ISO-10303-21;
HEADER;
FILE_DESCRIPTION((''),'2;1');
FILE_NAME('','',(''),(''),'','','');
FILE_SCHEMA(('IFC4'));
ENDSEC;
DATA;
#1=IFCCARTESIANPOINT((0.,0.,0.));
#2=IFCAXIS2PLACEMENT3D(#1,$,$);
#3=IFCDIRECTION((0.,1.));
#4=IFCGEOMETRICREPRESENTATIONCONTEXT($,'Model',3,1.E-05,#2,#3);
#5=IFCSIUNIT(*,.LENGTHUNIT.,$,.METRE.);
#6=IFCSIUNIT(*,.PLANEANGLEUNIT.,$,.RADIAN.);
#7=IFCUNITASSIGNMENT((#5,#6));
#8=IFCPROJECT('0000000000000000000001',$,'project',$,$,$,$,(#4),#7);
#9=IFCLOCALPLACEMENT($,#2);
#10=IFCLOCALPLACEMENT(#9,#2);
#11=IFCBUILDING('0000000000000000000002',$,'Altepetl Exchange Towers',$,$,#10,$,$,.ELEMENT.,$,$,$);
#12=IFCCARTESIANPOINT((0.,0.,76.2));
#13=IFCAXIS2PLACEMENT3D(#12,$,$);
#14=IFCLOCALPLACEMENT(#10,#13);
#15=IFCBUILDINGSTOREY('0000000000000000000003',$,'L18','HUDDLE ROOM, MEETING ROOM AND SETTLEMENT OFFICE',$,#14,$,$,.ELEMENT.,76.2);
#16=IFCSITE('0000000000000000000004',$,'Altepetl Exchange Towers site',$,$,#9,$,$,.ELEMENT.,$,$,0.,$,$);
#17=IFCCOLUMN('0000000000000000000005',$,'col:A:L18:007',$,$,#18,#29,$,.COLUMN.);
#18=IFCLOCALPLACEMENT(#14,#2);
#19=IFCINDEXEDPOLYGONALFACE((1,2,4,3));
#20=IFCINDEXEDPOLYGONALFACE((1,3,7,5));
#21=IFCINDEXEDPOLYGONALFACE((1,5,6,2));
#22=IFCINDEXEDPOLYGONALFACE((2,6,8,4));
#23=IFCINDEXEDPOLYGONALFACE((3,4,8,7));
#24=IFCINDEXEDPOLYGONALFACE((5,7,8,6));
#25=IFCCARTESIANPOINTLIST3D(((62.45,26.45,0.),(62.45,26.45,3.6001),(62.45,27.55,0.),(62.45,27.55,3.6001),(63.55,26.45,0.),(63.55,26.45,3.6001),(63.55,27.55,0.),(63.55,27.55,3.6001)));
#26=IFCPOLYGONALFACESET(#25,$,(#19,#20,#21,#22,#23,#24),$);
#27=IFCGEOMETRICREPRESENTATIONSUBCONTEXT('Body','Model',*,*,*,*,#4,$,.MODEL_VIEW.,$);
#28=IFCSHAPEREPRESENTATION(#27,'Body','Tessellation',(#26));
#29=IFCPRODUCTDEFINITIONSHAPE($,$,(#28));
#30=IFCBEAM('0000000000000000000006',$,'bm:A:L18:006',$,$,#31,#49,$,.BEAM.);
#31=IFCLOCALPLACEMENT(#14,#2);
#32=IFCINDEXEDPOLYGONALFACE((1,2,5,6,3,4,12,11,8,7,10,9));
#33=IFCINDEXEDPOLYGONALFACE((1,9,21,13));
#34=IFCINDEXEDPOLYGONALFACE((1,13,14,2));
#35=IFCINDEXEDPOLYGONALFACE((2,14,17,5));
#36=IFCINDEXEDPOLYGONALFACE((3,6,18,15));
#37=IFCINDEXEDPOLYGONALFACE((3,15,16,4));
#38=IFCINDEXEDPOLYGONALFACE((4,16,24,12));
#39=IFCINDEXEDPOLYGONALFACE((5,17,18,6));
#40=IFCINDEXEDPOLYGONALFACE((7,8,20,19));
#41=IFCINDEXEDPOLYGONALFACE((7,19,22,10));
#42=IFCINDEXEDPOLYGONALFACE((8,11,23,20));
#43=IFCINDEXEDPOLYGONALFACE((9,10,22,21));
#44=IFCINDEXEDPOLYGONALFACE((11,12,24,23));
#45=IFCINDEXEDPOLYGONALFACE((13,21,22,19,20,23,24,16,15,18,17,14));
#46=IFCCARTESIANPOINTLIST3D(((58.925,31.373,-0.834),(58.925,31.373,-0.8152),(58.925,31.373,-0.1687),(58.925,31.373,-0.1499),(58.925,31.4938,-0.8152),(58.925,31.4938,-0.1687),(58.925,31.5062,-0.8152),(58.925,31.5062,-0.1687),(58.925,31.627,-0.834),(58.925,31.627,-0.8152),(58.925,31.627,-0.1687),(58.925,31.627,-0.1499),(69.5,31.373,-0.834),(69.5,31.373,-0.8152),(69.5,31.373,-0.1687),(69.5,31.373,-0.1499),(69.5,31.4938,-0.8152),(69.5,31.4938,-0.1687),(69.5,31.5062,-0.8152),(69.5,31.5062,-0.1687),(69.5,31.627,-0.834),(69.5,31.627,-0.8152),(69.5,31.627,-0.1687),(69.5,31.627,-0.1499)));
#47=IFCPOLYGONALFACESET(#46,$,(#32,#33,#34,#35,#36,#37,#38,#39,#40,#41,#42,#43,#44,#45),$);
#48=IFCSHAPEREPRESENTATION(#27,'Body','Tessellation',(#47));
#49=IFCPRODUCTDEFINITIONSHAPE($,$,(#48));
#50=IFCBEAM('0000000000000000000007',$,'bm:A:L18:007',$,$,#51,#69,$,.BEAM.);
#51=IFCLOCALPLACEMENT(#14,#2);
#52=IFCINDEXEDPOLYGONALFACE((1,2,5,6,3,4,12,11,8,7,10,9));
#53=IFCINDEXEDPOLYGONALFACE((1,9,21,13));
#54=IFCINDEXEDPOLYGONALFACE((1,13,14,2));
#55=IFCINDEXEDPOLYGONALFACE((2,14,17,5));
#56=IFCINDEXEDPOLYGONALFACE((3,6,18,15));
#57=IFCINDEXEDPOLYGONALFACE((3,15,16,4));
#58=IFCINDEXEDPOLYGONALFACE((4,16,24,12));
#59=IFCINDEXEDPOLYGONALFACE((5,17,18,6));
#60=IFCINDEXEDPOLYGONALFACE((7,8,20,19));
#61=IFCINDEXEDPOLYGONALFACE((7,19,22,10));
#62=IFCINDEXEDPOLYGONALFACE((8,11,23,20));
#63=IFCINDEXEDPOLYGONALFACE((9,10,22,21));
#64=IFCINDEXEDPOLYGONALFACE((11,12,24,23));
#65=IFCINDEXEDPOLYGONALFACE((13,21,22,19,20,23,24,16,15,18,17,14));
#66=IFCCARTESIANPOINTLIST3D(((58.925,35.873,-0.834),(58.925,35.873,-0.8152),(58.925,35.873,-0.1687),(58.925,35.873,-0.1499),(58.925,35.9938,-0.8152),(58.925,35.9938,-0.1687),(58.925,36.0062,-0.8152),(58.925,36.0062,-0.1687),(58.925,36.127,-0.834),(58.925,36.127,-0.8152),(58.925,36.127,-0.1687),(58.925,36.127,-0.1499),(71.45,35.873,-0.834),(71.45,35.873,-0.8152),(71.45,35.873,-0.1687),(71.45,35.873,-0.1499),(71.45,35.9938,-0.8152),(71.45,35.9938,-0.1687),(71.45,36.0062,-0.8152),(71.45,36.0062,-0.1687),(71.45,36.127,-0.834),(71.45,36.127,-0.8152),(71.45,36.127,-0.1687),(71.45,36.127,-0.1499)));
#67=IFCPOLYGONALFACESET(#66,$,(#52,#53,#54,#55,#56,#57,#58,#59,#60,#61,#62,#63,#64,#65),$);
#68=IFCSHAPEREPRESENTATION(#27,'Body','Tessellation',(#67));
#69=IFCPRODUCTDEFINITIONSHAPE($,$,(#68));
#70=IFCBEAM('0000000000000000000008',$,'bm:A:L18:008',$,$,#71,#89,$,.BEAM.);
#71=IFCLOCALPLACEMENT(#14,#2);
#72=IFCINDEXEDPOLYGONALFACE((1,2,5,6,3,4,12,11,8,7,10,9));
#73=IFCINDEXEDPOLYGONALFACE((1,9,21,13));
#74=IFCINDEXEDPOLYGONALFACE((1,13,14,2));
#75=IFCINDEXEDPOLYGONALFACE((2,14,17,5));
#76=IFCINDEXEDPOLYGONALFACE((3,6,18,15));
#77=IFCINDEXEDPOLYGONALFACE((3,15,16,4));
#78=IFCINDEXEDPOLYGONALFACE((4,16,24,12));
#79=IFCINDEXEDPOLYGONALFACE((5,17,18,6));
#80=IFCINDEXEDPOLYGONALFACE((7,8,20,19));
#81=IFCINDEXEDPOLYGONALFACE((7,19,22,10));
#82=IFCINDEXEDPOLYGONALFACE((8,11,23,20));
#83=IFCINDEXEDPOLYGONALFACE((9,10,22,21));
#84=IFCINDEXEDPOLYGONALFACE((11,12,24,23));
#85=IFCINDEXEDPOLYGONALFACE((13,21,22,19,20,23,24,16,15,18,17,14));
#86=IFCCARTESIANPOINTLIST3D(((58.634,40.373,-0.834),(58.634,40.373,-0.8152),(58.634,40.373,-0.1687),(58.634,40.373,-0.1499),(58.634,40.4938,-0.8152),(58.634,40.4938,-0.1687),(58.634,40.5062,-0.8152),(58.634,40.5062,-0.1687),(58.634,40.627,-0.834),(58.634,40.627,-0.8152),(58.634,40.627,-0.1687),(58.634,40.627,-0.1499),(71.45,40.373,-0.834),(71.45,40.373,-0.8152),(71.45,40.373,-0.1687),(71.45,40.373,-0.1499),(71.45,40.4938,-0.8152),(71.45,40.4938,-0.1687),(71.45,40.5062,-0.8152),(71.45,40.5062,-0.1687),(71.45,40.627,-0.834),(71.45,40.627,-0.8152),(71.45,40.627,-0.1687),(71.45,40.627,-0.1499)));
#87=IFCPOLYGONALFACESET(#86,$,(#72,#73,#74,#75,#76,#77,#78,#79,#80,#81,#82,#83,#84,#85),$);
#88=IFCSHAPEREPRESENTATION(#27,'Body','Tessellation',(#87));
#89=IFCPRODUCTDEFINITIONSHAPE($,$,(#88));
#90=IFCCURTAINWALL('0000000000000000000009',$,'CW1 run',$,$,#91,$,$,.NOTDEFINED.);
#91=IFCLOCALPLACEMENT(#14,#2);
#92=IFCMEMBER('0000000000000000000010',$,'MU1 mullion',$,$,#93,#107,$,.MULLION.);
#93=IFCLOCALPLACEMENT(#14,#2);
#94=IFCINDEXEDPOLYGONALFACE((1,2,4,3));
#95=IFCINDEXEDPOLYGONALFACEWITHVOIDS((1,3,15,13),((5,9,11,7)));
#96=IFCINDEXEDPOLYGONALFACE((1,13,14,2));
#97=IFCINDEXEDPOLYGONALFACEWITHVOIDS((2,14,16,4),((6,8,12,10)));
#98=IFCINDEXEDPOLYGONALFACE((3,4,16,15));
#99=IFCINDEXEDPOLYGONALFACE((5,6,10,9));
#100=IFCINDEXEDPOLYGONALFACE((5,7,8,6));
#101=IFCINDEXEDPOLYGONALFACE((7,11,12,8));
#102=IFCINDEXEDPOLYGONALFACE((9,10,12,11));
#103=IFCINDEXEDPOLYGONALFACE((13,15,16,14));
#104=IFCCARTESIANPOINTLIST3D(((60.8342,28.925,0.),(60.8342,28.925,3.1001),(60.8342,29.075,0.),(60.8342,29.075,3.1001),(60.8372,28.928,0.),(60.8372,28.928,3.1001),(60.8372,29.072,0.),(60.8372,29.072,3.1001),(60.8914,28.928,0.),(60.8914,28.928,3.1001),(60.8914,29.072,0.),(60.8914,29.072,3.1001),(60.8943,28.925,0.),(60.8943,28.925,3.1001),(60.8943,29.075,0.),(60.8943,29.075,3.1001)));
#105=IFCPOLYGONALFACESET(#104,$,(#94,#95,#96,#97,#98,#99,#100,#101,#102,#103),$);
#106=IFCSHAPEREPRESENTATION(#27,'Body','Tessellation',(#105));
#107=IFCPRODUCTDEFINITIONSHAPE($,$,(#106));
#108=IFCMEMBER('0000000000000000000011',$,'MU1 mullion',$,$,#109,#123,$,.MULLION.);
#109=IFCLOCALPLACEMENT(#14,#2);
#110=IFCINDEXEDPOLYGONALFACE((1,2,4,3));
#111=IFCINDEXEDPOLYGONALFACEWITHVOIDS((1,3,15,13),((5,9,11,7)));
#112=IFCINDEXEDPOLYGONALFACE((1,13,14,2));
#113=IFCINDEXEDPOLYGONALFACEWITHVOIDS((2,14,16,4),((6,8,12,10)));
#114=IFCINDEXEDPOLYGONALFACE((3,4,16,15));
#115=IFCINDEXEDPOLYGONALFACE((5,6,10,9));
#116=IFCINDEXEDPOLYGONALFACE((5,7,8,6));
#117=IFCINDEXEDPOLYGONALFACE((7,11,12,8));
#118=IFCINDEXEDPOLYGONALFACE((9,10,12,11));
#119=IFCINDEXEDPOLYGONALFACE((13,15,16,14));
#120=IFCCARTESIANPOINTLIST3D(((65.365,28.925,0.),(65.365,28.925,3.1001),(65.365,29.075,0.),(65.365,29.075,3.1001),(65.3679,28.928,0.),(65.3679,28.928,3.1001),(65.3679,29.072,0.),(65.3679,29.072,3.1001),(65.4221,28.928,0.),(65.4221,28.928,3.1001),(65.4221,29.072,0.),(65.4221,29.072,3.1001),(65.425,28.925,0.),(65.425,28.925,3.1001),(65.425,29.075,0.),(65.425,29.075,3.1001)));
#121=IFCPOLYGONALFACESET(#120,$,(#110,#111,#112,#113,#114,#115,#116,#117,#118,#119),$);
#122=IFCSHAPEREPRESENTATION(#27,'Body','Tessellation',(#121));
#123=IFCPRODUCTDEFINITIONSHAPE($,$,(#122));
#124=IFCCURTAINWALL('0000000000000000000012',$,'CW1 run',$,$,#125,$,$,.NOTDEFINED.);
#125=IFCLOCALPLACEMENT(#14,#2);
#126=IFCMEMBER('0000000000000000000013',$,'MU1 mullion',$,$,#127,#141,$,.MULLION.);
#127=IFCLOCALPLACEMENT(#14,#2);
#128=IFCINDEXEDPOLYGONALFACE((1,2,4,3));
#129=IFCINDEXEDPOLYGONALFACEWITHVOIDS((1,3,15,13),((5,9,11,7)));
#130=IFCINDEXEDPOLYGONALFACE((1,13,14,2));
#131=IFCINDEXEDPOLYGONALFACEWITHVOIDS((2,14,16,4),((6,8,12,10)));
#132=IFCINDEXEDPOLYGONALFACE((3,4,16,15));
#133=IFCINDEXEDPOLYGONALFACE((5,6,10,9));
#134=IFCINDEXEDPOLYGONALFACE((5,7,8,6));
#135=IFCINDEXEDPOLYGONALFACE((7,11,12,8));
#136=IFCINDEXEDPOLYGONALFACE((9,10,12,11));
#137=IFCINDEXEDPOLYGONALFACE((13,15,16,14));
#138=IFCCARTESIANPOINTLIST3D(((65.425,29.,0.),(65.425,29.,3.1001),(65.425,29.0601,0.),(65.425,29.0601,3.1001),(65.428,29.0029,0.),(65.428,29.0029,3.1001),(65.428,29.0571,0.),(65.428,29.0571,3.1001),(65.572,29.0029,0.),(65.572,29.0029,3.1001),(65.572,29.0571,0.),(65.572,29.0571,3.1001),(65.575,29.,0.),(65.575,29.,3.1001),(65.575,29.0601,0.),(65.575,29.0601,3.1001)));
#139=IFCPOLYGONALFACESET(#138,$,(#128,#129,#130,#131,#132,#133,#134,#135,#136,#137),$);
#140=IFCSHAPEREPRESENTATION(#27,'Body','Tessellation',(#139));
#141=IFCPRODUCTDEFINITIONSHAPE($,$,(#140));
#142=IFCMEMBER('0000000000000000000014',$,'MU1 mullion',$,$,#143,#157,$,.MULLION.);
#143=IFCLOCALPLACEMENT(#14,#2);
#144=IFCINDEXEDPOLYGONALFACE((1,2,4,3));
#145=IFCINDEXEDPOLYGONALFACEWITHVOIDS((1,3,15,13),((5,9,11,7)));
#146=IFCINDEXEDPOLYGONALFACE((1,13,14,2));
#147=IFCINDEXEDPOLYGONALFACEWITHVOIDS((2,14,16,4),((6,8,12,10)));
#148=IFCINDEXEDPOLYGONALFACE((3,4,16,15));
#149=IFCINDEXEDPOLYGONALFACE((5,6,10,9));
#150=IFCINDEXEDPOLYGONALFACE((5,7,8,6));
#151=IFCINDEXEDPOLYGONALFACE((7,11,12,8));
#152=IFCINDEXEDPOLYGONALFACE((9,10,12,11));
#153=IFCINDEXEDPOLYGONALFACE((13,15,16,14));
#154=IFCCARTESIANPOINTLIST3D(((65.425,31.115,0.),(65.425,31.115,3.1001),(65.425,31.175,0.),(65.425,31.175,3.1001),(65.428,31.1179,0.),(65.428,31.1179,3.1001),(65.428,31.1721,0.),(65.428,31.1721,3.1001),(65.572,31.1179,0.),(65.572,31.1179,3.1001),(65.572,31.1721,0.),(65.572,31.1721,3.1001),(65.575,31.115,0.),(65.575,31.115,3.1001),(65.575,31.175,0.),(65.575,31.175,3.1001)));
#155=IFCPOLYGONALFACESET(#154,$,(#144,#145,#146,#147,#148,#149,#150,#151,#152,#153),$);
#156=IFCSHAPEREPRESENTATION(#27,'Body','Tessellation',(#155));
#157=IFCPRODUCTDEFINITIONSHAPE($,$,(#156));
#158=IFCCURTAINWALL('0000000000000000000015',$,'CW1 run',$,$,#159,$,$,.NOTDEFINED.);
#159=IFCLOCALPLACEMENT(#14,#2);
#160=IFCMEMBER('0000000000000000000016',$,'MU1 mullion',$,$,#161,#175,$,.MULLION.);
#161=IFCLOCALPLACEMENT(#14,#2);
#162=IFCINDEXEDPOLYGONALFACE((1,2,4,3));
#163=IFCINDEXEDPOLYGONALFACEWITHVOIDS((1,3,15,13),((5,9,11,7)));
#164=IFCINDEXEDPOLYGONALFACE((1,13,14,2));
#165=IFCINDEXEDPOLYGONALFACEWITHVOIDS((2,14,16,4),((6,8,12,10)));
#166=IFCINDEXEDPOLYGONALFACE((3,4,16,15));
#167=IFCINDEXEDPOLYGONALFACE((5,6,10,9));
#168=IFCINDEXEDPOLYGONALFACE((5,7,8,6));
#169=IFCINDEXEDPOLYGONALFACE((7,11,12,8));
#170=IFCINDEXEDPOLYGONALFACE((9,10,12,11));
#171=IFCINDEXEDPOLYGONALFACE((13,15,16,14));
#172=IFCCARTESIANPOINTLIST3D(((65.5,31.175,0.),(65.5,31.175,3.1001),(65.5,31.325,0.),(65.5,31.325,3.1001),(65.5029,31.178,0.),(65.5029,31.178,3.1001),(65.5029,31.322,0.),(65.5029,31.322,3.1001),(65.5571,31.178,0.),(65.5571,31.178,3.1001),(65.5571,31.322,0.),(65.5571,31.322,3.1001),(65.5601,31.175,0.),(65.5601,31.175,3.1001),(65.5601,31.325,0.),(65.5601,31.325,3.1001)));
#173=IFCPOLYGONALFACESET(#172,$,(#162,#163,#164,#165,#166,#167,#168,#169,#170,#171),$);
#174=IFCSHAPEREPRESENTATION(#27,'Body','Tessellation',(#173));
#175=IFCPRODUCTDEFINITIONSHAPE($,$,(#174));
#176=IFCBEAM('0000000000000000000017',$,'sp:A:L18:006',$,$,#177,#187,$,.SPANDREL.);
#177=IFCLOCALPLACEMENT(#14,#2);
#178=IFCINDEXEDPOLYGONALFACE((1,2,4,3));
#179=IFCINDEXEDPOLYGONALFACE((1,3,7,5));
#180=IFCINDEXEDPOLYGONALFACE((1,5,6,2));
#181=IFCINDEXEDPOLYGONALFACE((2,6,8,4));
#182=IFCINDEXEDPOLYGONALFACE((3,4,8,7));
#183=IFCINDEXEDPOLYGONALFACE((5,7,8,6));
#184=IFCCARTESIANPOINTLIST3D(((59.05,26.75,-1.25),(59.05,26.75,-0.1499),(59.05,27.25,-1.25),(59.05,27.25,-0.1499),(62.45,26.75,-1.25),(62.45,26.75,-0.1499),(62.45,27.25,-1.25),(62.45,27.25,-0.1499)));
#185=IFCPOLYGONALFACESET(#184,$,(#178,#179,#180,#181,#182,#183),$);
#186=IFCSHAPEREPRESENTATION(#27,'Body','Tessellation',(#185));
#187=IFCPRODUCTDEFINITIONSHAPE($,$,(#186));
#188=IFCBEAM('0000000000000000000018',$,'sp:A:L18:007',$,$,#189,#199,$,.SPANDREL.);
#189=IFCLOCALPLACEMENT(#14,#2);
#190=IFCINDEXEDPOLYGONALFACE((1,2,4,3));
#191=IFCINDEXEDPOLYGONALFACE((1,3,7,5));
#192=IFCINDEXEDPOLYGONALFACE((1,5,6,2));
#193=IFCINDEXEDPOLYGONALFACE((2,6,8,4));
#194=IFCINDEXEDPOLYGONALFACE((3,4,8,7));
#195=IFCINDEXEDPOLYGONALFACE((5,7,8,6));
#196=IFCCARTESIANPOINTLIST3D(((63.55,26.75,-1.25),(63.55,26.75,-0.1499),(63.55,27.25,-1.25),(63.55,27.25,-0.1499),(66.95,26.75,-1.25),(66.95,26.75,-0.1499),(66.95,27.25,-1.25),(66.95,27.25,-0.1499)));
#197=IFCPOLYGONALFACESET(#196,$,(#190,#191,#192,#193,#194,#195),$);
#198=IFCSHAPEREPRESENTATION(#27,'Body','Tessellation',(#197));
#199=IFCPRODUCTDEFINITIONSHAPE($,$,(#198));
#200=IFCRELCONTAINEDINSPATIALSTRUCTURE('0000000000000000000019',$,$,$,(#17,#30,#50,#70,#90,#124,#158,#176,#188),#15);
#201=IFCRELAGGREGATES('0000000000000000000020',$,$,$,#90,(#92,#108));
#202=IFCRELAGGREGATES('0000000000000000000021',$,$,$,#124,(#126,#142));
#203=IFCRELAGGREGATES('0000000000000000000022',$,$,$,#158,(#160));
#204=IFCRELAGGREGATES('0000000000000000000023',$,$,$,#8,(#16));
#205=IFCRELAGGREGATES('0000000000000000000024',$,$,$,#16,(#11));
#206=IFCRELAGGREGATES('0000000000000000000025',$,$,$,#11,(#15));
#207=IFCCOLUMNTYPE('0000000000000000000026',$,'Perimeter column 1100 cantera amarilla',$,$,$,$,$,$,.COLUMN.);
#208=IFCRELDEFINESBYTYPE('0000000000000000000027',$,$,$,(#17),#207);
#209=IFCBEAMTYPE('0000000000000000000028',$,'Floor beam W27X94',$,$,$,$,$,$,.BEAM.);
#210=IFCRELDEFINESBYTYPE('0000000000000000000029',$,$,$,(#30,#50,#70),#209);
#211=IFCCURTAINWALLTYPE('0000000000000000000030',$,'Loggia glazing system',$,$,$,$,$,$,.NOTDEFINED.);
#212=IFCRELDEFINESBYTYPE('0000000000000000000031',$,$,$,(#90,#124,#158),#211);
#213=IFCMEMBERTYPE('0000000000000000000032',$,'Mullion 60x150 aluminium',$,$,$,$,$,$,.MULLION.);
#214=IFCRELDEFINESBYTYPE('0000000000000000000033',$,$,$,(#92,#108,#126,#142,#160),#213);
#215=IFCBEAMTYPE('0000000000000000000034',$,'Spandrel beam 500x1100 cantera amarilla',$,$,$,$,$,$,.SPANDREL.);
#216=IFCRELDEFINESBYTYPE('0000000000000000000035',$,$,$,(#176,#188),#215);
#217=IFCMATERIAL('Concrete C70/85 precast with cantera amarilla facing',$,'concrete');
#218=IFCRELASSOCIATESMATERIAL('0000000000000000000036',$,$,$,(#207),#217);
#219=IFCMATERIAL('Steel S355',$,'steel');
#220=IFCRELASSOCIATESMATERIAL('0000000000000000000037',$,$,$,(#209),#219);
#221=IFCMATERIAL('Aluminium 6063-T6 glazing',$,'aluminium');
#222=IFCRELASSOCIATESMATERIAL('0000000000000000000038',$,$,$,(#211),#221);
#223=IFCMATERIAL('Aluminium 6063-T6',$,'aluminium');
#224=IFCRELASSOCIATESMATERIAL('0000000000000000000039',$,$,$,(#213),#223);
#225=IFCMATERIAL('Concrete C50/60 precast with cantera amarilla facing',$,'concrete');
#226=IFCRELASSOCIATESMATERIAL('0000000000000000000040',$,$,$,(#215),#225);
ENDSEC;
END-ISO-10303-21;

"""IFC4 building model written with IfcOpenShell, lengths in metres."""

from ifc_helpers import new_model, si_unit, direction, frame, origin, origin_2d, place, context, subcontext, project, spatial, rectangle, hollow_rectangle, i_section, extrude, material, material_profile, profile_set, type_object, element, aggregate, save


model = new_model("IFC4")

# Units and contexts
model_context = context("Model", 3, precision=1e-05, world=origin(), true_north=direction((0.0, 1.0)))
body_context = subcontext(model_context, "Body", "Model", "MODEL_VIEW")
ifc_project = project(units=[si_unit("LENGTHUNIT", "METRE"), si_unit("PLANEANGLEUNIT", "RADIAN")], contexts=[model_context])

# Site, building, storey
site_placement = place(None, origin())
site = spatial("IfcSite", under=ifc_project, at=site_placement, Name="Altepetl Exchange Towers site", CompositionType="ELEMENT", RefElevation=0.0)
building_placement = place(site_placement, origin())
building = spatial("IfcBuilding", under=site, at=building_placement, Name="Altepetl Exchange Towers", CompositionType="ELEMENT")
storey_placement = place(building_placement, frame((0.0, 0.0, 76.2)))
storey = spatial("IfcBuildingStorey", under=building, at=storey_placement, Name="L18", Description="HUDDLE ROOM, MEETING ROOM AND SETTLEMENT OFFICE", CompositionType="ELEMENT", Elevation=76.2)

# Column
ifc_material_1 = material(Name="Concrete C70/85 precast with cantera amarilla facing", Category="concrete")
ifc_material_profile_1 = material_profile(ifc_material_1, rectangle(XDim=1.1001, YDim=1.1001, at=origin_2d()), Name="1100 x 1100")
ifc_profile_set_1 = profile_set([ifc_material_profile_1], Name="Concrete C70/85 precast with cantera amarilla facing")
column_type = type_object("IfcColumnType", Name="Perimeter column 1100 cantera amarilla", PredefinedType="COLUMN", material=ifc_profile_set_1)
column_placement = place(storey_placement, frame((63.0, 27.0, 0.0)))
element("IfcColumn", 1, at=column_placement, inside=storey, type_object=column_type, Name="col:A:L18:007", PredefinedType="COLUMN", context=body_context, shape_type="SweptSolid", body=[
    extrude(rectangle(XDim=1.1001, YDim=1.1001, at=origin_2d()), origin(), (0.0, 0.0, 1.0), 3.6001),
])

# Beams
ifc_material_2 = material(Name="Steel S355", Category="steel")
ifc_material_profile_2 = material_profile(ifc_material_2, i_section(OverallWidth=0.2539, OverallDepth=0.6841, WebThickness=0.0125, FlangeThickness=0.0188, at=origin_2d()), Name="W27X94")
ifc_profile_set_2 = profile_set([ifc_material_profile_2], Name="Steel S355")
beam_type_1 = type_object("IfcBeamType", Name="Floor beam W27X94", PredefinedType="BEAM", material=ifc_profile_set_2)
beam_1_placement = place(storey_placement, frame((58.925, 31.5, -0.4919), z_axis=(1.0, 0.0, 0.0), x_axis=(0.0, 1.0, 0.0)))
element("IfcBeam", 2, at=beam_1_placement, inside=storey, type_object=beam_type_1, Name="bm:A:L18:006", PredefinedType="BEAM", context=body_context, shape_type="SweptSolid", body=[
    extrude(i_section(OverallWidth=0.2539, OverallDepth=0.6841, WebThickness=0.0125, FlangeThickness=0.0188, at=origin_2d()), origin(), (0.0, 0.0, 1.0), 10.575),
])
beam_2_placement = place(storey_placement, frame((58.925, 36.0, -0.4919), z_axis=(1.0, 0.0, 0.0), x_axis=(0.0, 1.0, 0.0)))
element("IfcBeam", 3, at=beam_2_placement, inside=storey, type_object=beam_type_1, Name="bm:A:L18:007", PredefinedType="BEAM", context=body_context, shape_type="SweptSolid", body=[
    extrude(i_section(OverallWidth=0.2539, OverallDepth=0.6841, WebThickness=0.0125, FlangeThickness=0.0188, at=origin_2d()), origin(), (0.0, 0.0, 1.0), 12.5249),
])
beam_3_placement = place(storey_placement, frame((58.634, 40.5, -0.4919), z_axis=(1.0, 0.0, 0.0), x_axis=(0.0, 1.0, 0.0)))
element("IfcBeam", 4, at=beam_3_placement, inside=storey, type_object=beam_type_1, Name="bm:A:L18:008", PredefinedType="BEAM", context=body_context, shape_type="SweptSolid", body=[
    extrude(i_section(OverallWidth=0.2539, OverallDepth=0.6841, WebThickness=0.0125, FlangeThickness=0.0188, at=origin_2d()), origin(), (0.0, 0.0, 1.0), 12.8159),
])

# Curtain walls, members
ifc_material_3 = material(Name="Aluminium 6063-T6 glazing", Category="aluminium")
curtain_wall_type = type_object("IfcCurtainWallType", Name="Loggia glazing system", PredefinedType="NOTDEFINED", material=ifc_material_3)
curtain_wall_1_placement = place(storey_placement, origin())
curtain_wall_1 = element("IfcCurtainWall", 5, at=curtain_wall_1_placement, inside=storey, type_object=curtain_wall_type, Name="CW1 run", PredefinedType="NOTDEFINED")
ifc_material_4 = material(Name="Aluminium 6063-T6", Category="aluminium")
ifc_material_profile_3 = material_profile(ifc_material_4, hollow_rectangle(XDim=0.0601, YDim=0.1499, WallThickness=0.0029, at=origin_2d()), Name="Mullion 60x150 aluminium")
ifc_profile_set_3 = profile_set([ifc_material_profile_3], Name="Aluminium 6063-T6")
member_type = type_object("IfcMemberType", Name="Mullion 60x150 aluminium", PredefinedType="MULLION", material=ifc_profile_set_3)
member_1_placement = place(storey_placement, frame((60.8643, 29.0, 0.0)))
member_1 = element("IfcMember", 6, at=member_1_placement, type_object=member_type, Name="MU1 mullion", PredefinedType="MULLION", context=body_context, shape_type="SweptSolid", body=[
    extrude(hollow_rectangle(XDim=0.0601, YDim=0.1499, WallThickness=0.0029, at=origin_2d()), origin(), (0.0, 0.0, 1.0), 3.1001),
])
member_2_placement = place(storey_placement, frame((65.395, 29.0, 0.0)))
member_2 = element("IfcMember", 7, at=member_2_placement, type_object=member_type, Name="MU1 mullion", PredefinedType="MULLION", context=body_context, shape_type="SweptSolid", body=[
    extrude(hollow_rectangle(XDim=0.0601, YDim=0.1499, WallThickness=0.0029, at=origin_2d()), origin(), (0.0, 0.0, 1.0), 3.1001),
])
curtain_wall_2_placement = place(storey_placement, origin())
curtain_wall_2 = element("IfcCurtainWall", 8, at=curtain_wall_2_placement, inside=storey, type_object=curtain_wall_type, Name="CW1 run", PredefinedType="NOTDEFINED")
member_3_placement = place(storey_placement, frame((65.5, 29.03, 0.0), z_axis=(0.0, 0.0, 1.0), x_axis=(0.0, 1.0, 0.0)))
member_3 = element("IfcMember", 9, at=member_3_placement, type_object=member_type, Name="MU1 mullion", PredefinedType="MULLION", context=body_context, shape_type="SweptSolid", body=[
    extrude(hollow_rectangle(XDim=0.0601, YDim=0.1499, WallThickness=0.0029, at=origin_2d()), origin(), (0.0, 0.0, 1.0), 3.1001),
])
member_4_placement = place(storey_placement, frame((65.5, 31.145, 0.0), z_axis=(0.0, 0.0, 1.0), x_axis=(0.0, 1.0, 0.0)))
member_4 = element("IfcMember", 10, at=member_4_placement, type_object=member_type, Name="MU1 mullion", PredefinedType="MULLION", context=body_context, shape_type="SweptSolid", body=[
    extrude(hollow_rectangle(XDim=0.0601, YDim=0.1499, WallThickness=0.0029, at=origin_2d()), origin(), (0.0, 0.0, 1.0), 3.1001),
])

# Curtain wall, member
curtain_wall_3_placement = place(storey_placement, origin())
curtain_wall_3 = element("IfcCurtainWall", 11, at=curtain_wall_3_placement, inside=storey, type_object=curtain_wall_type, Name="CW1 run", PredefinedType="NOTDEFINED")
member_5_placement = place(storey_placement, frame((65.53, 31.25, 0.0)))
member_5 = element("IfcMember", 12, at=member_5_placement, type_object=member_type, Name="MU1 mullion", PredefinedType="MULLION", context=body_context, shape_type="SweptSolid", body=[
    extrude(hollow_rectangle(XDim=0.0601, YDim=0.1499, WallThickness=0.0029, at=origin_2d()), origin(), (0.0, 0.0, 1.0), 3.1001),
])

# Beams
ifc_material_5 = material(Name="Concrete C50/60 precast with cantera amarilla facing", Category="concrete")
ifc_material_profile_4 = material_profile(ifc_material_5, rectangle(XDim=0.5, YDim=1.1001, at=origin_2d()), Name="500 x 1100")
ifc_profile_set_4 = profile_set([ifc_material_profile_4], Name="Concrete C50/60 precast with cantera amarilla facing")
beam_type_2 = type_object("IfcBeamType", Name="Spandrel beam 500x1100 cantera amarilla", PredefinedType="SPANDREL", material=ifc_profile_set_4)
for number, where, z_axis, x_axis, name in (
    (13, (59.05, 27.0, -0.7), (1.0, 0.0, 0.0), (0.0, 1.0, 0.0), "sp:A:L18:006"),
    (14, (63.55, 27.0, -0.7), (1.0, 0.0, 0.0), (0.0, 1.0, 0.0), "sp:A:L18:007"),
):
    element("IfcBeam", number, at=place(storey_placement, frame(where, z_axis=z_axis, x_axis=x_axis)), inside=storey, type_object=beam_type_2, Name=name, PredefinedType="SPANDREL", context=body_context, shape_type="SweptSolid", body=[
        extrude(rectangle(XDim=0.5, YDim=1.1001, at=origin_2d()), origin(), (0.0, 0.0, 1.0), 3.3999),
    ])

aggregate(curtain_wall_1, [member_1, member_2])
aggregate(curtain_wall_2, [member_3, member_4])
aggregate(curtain_wall_3, [member_5])

save(model, "model.ifc")
